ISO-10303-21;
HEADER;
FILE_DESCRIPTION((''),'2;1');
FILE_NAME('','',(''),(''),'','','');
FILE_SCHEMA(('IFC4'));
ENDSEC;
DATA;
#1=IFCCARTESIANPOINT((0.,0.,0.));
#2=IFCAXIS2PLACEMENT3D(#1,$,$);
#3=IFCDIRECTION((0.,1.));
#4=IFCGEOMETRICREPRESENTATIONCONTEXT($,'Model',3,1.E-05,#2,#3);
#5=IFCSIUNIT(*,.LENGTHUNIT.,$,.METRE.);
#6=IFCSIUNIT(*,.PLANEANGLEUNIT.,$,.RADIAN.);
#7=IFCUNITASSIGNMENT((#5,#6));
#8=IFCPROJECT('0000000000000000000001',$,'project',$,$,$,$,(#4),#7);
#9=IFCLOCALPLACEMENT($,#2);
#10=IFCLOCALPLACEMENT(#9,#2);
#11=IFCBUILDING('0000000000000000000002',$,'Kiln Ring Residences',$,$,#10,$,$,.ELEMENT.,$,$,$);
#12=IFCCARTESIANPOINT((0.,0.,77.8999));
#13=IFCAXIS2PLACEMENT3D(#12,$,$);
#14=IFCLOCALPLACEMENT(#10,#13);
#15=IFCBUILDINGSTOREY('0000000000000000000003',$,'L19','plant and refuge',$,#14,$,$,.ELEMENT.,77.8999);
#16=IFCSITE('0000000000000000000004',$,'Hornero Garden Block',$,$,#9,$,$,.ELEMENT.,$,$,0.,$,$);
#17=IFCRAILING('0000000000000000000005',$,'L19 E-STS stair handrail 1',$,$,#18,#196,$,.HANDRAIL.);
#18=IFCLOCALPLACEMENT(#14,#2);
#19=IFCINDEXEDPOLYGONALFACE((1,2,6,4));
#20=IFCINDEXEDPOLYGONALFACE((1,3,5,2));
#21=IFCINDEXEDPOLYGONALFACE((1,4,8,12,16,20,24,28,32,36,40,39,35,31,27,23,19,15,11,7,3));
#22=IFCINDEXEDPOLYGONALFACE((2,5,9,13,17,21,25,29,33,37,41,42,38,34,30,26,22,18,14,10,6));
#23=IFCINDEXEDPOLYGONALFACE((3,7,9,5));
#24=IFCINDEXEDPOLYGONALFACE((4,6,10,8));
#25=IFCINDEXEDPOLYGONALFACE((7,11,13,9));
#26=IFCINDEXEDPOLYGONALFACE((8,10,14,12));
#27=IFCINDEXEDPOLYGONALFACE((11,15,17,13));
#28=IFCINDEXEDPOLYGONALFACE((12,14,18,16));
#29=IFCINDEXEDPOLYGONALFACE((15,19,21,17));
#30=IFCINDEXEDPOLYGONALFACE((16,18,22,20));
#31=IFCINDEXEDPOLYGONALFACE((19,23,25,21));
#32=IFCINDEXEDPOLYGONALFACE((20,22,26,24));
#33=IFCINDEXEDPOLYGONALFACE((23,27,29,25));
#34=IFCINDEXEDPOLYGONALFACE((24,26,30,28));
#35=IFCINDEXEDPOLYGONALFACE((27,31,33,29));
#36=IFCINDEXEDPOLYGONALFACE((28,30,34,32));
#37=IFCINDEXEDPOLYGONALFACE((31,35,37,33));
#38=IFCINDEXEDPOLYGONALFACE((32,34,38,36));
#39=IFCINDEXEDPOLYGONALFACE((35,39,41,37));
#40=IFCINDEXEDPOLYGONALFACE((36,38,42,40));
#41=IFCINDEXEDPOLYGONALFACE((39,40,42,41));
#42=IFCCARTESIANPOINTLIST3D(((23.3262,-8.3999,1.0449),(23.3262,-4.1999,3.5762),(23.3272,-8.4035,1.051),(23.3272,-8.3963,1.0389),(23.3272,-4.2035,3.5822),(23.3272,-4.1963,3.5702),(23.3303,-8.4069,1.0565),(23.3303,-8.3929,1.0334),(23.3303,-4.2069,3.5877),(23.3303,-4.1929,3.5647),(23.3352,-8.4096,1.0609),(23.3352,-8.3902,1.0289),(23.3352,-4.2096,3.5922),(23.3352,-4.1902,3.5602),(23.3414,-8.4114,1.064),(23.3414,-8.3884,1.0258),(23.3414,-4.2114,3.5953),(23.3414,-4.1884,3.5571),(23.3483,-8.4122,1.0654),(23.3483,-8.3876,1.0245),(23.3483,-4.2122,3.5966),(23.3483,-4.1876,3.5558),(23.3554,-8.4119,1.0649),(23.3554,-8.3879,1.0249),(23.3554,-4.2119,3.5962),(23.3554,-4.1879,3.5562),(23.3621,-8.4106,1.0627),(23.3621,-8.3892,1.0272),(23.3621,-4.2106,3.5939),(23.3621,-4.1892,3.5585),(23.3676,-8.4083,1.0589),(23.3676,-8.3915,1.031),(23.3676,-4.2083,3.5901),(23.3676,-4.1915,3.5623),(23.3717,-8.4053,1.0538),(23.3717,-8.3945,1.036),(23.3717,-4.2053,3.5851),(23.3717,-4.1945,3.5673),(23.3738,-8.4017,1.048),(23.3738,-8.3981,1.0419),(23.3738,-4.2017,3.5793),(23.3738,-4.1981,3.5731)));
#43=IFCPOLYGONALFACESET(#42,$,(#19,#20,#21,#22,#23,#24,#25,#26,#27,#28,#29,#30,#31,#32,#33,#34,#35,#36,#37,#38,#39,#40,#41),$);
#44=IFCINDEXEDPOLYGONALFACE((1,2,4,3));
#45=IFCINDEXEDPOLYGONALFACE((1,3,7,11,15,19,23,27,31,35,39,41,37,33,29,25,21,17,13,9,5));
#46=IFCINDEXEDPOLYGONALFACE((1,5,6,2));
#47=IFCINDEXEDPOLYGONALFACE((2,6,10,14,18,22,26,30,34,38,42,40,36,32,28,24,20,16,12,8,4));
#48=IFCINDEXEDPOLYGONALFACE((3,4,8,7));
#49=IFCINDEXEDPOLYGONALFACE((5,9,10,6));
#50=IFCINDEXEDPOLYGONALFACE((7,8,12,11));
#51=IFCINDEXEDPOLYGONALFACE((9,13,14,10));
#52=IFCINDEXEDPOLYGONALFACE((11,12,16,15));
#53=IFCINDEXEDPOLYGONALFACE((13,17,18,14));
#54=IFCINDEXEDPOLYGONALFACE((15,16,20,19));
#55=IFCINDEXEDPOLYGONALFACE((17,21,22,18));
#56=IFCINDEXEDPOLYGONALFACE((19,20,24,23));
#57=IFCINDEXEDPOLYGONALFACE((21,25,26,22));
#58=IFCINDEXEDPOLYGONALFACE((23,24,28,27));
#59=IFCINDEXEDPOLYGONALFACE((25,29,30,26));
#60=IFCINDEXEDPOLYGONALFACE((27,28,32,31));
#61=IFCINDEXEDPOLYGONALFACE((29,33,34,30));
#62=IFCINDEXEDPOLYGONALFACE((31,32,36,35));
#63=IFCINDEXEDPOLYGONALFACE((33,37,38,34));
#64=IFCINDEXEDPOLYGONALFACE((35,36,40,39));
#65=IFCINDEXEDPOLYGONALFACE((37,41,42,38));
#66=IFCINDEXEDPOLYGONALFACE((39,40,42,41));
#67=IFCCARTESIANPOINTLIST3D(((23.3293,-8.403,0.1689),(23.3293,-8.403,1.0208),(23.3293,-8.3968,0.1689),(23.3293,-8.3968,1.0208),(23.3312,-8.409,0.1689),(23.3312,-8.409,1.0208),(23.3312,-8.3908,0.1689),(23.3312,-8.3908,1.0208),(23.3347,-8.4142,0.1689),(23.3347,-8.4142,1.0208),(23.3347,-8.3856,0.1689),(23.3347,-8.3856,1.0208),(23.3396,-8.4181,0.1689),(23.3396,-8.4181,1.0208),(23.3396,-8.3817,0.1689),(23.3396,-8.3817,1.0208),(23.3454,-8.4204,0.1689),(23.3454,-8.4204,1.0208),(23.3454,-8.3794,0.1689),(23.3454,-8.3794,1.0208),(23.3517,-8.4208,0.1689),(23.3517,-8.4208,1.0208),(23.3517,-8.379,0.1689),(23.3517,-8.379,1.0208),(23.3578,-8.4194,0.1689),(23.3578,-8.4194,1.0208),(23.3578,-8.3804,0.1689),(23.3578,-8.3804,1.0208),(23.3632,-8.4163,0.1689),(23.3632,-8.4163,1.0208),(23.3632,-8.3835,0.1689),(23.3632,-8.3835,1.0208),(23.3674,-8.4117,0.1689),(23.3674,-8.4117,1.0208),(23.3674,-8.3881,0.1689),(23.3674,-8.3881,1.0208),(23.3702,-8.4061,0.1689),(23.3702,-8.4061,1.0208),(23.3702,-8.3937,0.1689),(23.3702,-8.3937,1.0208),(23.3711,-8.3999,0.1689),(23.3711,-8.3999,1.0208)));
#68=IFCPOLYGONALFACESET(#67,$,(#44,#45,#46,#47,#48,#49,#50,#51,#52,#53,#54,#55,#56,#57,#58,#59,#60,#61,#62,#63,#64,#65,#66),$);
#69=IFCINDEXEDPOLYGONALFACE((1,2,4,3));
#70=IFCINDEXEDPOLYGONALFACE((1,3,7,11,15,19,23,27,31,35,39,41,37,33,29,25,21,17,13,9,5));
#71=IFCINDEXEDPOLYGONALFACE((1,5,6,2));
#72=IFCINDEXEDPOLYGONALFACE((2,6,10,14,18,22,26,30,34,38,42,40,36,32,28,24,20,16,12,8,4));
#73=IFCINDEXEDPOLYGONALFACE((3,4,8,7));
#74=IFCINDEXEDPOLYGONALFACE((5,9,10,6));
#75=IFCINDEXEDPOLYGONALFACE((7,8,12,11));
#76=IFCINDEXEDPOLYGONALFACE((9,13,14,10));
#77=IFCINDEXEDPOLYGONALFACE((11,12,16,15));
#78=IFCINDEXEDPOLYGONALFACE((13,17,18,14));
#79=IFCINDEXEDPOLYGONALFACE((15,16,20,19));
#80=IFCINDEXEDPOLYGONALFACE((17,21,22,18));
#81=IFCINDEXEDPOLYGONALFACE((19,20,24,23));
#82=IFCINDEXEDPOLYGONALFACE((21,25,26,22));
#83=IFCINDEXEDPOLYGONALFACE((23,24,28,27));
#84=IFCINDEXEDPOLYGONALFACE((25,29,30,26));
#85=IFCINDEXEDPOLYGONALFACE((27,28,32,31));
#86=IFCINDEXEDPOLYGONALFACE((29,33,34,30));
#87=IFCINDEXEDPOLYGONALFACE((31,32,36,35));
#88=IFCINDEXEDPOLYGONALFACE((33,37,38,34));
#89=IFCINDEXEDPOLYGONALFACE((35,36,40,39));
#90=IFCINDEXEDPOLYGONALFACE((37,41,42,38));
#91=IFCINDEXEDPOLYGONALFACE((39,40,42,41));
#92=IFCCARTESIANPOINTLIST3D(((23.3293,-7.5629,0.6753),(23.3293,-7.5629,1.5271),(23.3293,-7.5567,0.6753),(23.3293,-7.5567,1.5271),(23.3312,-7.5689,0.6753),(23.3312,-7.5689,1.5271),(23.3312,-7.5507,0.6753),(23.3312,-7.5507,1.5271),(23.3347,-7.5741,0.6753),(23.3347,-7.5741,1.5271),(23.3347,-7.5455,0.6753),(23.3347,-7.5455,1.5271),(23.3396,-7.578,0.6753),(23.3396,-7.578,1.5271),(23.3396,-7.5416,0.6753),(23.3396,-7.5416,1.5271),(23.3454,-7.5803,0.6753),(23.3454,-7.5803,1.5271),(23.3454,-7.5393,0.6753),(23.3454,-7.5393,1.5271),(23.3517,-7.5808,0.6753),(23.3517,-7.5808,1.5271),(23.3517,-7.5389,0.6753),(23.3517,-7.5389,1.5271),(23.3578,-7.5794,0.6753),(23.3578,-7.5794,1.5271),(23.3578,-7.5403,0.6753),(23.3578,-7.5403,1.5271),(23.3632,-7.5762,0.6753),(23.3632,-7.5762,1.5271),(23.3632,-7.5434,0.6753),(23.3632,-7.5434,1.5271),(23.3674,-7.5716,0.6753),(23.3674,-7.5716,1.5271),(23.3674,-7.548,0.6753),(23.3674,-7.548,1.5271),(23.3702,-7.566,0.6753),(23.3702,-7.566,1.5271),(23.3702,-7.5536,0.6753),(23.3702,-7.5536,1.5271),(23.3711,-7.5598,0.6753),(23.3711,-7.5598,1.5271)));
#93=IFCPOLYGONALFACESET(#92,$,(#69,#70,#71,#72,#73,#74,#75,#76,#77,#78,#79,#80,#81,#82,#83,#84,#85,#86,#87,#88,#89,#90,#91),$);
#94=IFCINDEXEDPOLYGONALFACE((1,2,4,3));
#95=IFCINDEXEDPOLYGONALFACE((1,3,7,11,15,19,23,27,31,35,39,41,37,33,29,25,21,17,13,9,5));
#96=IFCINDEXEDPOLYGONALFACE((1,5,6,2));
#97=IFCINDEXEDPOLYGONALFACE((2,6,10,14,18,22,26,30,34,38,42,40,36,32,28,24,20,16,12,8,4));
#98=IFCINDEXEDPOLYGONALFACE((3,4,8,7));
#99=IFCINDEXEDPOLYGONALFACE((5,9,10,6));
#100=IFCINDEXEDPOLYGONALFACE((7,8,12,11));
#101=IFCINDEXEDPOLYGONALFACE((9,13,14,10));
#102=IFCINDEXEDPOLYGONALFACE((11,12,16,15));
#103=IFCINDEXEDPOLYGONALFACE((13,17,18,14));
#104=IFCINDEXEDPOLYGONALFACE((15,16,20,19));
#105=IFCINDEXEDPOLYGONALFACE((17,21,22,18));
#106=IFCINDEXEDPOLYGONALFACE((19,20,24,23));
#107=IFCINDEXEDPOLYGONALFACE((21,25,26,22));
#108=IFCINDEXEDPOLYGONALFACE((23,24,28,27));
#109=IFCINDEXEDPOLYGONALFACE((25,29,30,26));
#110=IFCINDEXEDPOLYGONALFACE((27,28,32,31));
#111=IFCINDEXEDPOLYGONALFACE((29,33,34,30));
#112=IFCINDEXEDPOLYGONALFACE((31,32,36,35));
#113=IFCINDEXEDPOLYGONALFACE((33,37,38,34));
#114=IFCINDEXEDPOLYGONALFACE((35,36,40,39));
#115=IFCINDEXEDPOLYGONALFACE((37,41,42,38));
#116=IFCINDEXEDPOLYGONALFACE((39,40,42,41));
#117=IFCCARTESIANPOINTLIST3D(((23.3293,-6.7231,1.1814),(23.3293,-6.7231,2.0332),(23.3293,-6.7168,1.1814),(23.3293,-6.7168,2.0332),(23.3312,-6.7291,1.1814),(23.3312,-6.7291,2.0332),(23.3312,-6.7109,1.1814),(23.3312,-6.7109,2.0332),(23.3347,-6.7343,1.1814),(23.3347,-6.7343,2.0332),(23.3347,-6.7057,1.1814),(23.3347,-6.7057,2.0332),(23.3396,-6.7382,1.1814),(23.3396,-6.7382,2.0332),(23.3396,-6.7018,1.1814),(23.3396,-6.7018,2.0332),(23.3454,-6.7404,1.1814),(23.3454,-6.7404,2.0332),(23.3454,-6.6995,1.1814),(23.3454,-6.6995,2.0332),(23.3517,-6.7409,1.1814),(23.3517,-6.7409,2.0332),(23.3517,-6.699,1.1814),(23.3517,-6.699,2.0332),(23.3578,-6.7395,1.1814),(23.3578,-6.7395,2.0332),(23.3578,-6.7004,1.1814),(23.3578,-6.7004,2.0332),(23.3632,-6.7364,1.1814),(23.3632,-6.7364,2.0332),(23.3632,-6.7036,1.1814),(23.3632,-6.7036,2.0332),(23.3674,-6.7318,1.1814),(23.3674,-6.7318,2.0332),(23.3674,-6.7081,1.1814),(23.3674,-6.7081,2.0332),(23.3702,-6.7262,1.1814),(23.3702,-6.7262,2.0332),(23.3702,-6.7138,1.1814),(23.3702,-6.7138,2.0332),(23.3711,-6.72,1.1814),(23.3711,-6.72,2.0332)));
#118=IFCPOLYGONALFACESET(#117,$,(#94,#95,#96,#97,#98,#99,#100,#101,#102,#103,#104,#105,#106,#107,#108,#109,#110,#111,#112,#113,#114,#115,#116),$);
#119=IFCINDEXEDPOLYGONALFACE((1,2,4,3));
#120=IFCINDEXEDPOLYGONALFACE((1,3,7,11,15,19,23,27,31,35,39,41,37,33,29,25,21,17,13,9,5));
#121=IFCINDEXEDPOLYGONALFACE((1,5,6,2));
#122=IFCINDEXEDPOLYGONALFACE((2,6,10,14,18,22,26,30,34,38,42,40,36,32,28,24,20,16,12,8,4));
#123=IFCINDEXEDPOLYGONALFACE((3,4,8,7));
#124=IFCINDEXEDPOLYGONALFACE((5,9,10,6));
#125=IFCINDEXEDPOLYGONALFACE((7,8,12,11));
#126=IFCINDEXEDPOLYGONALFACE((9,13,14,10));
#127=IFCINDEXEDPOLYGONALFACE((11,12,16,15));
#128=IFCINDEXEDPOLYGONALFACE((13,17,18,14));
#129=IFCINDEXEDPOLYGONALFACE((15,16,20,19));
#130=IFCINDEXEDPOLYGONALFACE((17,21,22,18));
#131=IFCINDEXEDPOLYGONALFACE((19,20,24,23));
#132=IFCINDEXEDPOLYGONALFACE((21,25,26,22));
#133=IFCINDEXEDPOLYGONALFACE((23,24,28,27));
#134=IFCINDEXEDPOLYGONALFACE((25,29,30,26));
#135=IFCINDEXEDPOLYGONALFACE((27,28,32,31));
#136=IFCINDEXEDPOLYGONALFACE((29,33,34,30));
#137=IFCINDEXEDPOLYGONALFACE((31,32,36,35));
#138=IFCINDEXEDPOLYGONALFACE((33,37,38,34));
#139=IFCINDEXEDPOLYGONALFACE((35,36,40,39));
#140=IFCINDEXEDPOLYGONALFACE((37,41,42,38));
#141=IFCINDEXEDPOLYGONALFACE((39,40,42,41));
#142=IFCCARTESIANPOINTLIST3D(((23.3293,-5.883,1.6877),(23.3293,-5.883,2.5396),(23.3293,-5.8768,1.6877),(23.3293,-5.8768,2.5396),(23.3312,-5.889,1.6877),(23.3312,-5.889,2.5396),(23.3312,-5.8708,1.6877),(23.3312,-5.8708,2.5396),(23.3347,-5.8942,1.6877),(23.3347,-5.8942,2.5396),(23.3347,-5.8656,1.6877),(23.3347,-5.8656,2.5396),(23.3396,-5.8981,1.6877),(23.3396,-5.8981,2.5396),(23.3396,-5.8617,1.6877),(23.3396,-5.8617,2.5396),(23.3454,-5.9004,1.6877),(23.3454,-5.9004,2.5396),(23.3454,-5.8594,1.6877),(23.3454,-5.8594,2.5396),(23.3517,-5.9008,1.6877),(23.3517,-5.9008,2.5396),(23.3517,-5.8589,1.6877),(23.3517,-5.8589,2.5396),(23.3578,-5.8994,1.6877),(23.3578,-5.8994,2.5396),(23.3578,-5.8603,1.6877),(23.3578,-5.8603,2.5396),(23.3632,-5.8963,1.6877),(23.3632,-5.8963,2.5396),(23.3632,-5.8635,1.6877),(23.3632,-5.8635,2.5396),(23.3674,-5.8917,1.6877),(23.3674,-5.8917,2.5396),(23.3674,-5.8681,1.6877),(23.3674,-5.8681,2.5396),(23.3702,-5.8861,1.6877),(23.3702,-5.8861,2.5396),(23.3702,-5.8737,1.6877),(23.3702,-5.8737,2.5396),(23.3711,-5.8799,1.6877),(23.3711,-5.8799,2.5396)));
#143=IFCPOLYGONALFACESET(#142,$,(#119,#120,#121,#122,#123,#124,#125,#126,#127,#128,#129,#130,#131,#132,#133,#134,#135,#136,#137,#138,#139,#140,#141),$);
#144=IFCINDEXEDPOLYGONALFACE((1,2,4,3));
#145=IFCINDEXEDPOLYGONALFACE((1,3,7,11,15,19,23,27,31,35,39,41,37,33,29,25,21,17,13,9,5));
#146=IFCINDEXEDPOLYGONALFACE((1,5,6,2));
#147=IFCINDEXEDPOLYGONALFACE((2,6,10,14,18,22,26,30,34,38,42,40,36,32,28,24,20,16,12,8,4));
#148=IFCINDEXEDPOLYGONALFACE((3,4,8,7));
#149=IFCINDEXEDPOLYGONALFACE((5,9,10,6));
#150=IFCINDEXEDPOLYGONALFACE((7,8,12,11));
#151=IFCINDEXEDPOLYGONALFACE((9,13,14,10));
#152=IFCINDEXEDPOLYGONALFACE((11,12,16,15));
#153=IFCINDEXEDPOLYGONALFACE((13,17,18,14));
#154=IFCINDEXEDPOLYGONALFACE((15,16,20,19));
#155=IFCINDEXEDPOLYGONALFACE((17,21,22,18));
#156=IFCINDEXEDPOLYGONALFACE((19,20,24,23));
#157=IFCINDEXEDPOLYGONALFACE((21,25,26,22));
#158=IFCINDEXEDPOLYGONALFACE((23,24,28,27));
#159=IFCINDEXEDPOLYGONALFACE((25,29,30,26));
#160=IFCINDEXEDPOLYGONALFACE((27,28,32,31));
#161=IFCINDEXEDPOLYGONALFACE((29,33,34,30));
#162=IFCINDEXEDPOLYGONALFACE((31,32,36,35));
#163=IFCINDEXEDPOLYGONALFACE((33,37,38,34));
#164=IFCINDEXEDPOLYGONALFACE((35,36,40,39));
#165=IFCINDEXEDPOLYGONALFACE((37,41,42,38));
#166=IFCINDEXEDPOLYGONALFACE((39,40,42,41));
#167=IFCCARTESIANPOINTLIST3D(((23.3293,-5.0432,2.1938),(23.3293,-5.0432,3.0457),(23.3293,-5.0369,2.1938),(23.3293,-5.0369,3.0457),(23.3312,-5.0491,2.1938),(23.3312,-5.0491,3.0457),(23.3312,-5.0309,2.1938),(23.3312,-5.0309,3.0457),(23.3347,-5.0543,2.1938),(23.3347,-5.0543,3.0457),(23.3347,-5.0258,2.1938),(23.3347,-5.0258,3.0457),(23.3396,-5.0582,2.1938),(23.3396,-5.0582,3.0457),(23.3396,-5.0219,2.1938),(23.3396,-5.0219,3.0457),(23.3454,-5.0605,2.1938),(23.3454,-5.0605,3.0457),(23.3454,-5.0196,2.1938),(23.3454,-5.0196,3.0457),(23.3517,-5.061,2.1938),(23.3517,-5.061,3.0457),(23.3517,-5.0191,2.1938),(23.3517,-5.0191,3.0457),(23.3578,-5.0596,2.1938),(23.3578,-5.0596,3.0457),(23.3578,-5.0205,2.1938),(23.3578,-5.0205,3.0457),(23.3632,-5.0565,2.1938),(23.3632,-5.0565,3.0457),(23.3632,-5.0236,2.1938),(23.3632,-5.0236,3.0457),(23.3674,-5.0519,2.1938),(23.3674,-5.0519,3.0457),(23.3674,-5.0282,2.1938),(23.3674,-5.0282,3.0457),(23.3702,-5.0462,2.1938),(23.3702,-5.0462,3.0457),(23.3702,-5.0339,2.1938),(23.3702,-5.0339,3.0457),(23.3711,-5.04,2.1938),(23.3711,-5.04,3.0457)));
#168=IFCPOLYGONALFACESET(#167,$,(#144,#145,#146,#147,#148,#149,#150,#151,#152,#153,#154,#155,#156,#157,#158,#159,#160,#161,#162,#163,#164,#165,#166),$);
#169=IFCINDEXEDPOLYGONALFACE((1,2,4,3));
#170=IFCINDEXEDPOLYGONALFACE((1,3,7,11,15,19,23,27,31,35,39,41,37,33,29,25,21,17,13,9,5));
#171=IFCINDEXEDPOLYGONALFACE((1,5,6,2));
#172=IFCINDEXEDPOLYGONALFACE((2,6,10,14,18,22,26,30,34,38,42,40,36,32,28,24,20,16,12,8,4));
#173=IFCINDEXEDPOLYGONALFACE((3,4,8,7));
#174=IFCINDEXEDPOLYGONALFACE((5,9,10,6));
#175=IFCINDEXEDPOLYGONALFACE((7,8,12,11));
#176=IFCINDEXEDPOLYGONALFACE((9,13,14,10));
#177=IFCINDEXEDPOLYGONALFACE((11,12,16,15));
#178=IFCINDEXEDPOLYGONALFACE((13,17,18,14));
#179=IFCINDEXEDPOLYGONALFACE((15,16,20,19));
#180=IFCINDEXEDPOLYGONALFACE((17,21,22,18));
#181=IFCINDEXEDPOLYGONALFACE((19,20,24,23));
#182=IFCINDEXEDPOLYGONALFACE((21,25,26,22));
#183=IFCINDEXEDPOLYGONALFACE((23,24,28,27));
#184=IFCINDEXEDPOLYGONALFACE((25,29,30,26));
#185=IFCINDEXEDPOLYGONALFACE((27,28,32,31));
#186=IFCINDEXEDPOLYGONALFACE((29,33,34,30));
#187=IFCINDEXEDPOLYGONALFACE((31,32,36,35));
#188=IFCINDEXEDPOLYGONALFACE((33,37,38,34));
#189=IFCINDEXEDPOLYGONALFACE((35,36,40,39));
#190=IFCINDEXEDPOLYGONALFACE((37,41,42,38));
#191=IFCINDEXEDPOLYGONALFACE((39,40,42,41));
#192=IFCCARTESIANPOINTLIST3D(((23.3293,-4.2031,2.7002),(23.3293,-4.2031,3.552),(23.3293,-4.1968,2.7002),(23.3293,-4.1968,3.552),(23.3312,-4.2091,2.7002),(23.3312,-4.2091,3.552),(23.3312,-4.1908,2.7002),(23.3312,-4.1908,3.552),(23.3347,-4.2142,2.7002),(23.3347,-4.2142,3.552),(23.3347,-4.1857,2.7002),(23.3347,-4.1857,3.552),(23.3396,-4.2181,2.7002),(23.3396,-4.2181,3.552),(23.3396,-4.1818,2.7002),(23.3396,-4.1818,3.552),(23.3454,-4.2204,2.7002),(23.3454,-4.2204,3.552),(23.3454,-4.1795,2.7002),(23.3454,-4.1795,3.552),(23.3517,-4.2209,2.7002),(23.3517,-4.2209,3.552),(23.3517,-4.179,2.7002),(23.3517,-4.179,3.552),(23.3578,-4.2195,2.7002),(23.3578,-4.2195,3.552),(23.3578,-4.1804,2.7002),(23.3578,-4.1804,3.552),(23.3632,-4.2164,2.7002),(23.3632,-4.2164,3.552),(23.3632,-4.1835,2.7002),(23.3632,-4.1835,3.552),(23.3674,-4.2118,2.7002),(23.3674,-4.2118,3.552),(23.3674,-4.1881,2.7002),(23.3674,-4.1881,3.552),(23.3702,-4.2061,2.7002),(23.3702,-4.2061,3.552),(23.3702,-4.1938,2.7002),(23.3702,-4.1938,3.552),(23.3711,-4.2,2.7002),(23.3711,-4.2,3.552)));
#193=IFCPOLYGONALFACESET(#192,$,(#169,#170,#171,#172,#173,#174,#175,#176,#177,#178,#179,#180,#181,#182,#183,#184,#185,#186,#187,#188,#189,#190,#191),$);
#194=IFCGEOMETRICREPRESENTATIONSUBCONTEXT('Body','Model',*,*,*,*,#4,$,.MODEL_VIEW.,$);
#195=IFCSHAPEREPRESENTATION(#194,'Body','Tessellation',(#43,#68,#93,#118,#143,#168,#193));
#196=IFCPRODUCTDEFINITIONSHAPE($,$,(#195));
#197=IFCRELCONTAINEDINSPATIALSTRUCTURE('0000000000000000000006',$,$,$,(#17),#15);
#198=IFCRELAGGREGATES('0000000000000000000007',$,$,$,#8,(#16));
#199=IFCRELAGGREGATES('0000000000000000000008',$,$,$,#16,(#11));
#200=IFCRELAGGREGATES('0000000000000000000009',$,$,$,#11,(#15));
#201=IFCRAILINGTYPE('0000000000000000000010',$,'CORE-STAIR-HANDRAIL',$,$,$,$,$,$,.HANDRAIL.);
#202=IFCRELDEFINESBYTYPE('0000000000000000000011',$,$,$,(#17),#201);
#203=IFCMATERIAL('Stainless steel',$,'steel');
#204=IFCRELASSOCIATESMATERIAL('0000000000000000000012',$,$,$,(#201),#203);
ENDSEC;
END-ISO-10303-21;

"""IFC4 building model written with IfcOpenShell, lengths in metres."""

from ifc_helpers import new_model, si_unit, direction, frame, origin, origin_2d, place, context, subcontext, project, spatial, circle, extrude, material, type_object, element, save


model = new_model("IFC4")

# Units and contexts
model_context = context("Model", 3, precision=1e-05, world=origin(), true_north=direction((0.0, 1.0)))
body_context = subcontext(model_context, "Body", "Model", "MODEL_VIEW")
ifc_project = project(units=[si_unit("LENGTHUNIT", "METRE"), si_unit("PLANEANGLEUNIT", "RADIAN")], contexts=[model_context])

# Site, building, storey
site_placement = place(None, origin())
site = spatial("IfcSite", under=ifc_project, at=site_placement, Name="Hornero Garden Block", CompositionType="ELEMENT", RefElevation=0.0)
building_placement = place(site_placement, origin())
building = spatial("IfcBuilding", under=site, at=building_placement, Name="Kiln Ring Residences", CompositionType="ELEMENT")
storey_placement = place(building_placement, frame((0.0, 0.0, 77.8999)))
storey = spatial("IfcBuildingStorey", under=building, at=storey_placement, Name="L19", Description="plant and refuge", CompositionType="ELEMENT", Elevation=77.8999)

# Railing
ifc_material_1 = material(Name="Stainless steel", Category="steel")
railing_type_1 = type_object("IfcRailingType", Name="CORE-STAIR-HANDRAIL", PredefinedType="HANDRAIL", material=ifc_material_1)
railing_1_placement = place(storey_placement, frame((23.3501, -8.3999, 0.1689)))
element("IfcRailing", 1, at=railing_1_placement, inside=storey, type_object=railing_type_1, Name="L19 E-STS stair handrail 1", PredefinedType="HANDRAIL", context=body_context, shape_type="SweptSolid", body=[
    extrude(circle(Radius=0.0239, at=origin_2d()), frame((0.0, 0.0, 0.876), z_axis=(0.0, 0.856476, 0.516186), x_axis=(-1.0, 0.0, 0.0)), (0.0, 0.0, 1.0), 4.9038),
    extrude(circle(Radius=0.021, at=origin_2d()), origin(), (0.0, 0.0, 1.0), 0.8518),
    extrude(circle(Radius=0.021, at=origin_2d()), frame((0.0, 0.8401, 0.5063)), (0.0, 0.0, 1.0), 0.8518),
    extrude(circle(Radius=0.021, at=origin_2d()), frame((0.0, 1.6799, 1.0125)), (0.0, 0.0, 1.0), 0.8518),
    extrude(circle(Radius=0.021, at=origin_2d()), frame((0.0, 2.52, 1.5188)), (0.0, 0.0, 1.0), 0.8518),
    extrude(circle(Radius=0.021, at=origin_2d()), frame((0.0, 3.3599, 2.0249)), (0.0, 0.0, 1.0), 0.8518),
    extrude(circle(Radius=0.021, at=origin_2d()), frame((0.0, 4.2, 2.5312)), (0.0, 0.0, 1.0), 0.8518),
])

save(model, "model.ifc")
